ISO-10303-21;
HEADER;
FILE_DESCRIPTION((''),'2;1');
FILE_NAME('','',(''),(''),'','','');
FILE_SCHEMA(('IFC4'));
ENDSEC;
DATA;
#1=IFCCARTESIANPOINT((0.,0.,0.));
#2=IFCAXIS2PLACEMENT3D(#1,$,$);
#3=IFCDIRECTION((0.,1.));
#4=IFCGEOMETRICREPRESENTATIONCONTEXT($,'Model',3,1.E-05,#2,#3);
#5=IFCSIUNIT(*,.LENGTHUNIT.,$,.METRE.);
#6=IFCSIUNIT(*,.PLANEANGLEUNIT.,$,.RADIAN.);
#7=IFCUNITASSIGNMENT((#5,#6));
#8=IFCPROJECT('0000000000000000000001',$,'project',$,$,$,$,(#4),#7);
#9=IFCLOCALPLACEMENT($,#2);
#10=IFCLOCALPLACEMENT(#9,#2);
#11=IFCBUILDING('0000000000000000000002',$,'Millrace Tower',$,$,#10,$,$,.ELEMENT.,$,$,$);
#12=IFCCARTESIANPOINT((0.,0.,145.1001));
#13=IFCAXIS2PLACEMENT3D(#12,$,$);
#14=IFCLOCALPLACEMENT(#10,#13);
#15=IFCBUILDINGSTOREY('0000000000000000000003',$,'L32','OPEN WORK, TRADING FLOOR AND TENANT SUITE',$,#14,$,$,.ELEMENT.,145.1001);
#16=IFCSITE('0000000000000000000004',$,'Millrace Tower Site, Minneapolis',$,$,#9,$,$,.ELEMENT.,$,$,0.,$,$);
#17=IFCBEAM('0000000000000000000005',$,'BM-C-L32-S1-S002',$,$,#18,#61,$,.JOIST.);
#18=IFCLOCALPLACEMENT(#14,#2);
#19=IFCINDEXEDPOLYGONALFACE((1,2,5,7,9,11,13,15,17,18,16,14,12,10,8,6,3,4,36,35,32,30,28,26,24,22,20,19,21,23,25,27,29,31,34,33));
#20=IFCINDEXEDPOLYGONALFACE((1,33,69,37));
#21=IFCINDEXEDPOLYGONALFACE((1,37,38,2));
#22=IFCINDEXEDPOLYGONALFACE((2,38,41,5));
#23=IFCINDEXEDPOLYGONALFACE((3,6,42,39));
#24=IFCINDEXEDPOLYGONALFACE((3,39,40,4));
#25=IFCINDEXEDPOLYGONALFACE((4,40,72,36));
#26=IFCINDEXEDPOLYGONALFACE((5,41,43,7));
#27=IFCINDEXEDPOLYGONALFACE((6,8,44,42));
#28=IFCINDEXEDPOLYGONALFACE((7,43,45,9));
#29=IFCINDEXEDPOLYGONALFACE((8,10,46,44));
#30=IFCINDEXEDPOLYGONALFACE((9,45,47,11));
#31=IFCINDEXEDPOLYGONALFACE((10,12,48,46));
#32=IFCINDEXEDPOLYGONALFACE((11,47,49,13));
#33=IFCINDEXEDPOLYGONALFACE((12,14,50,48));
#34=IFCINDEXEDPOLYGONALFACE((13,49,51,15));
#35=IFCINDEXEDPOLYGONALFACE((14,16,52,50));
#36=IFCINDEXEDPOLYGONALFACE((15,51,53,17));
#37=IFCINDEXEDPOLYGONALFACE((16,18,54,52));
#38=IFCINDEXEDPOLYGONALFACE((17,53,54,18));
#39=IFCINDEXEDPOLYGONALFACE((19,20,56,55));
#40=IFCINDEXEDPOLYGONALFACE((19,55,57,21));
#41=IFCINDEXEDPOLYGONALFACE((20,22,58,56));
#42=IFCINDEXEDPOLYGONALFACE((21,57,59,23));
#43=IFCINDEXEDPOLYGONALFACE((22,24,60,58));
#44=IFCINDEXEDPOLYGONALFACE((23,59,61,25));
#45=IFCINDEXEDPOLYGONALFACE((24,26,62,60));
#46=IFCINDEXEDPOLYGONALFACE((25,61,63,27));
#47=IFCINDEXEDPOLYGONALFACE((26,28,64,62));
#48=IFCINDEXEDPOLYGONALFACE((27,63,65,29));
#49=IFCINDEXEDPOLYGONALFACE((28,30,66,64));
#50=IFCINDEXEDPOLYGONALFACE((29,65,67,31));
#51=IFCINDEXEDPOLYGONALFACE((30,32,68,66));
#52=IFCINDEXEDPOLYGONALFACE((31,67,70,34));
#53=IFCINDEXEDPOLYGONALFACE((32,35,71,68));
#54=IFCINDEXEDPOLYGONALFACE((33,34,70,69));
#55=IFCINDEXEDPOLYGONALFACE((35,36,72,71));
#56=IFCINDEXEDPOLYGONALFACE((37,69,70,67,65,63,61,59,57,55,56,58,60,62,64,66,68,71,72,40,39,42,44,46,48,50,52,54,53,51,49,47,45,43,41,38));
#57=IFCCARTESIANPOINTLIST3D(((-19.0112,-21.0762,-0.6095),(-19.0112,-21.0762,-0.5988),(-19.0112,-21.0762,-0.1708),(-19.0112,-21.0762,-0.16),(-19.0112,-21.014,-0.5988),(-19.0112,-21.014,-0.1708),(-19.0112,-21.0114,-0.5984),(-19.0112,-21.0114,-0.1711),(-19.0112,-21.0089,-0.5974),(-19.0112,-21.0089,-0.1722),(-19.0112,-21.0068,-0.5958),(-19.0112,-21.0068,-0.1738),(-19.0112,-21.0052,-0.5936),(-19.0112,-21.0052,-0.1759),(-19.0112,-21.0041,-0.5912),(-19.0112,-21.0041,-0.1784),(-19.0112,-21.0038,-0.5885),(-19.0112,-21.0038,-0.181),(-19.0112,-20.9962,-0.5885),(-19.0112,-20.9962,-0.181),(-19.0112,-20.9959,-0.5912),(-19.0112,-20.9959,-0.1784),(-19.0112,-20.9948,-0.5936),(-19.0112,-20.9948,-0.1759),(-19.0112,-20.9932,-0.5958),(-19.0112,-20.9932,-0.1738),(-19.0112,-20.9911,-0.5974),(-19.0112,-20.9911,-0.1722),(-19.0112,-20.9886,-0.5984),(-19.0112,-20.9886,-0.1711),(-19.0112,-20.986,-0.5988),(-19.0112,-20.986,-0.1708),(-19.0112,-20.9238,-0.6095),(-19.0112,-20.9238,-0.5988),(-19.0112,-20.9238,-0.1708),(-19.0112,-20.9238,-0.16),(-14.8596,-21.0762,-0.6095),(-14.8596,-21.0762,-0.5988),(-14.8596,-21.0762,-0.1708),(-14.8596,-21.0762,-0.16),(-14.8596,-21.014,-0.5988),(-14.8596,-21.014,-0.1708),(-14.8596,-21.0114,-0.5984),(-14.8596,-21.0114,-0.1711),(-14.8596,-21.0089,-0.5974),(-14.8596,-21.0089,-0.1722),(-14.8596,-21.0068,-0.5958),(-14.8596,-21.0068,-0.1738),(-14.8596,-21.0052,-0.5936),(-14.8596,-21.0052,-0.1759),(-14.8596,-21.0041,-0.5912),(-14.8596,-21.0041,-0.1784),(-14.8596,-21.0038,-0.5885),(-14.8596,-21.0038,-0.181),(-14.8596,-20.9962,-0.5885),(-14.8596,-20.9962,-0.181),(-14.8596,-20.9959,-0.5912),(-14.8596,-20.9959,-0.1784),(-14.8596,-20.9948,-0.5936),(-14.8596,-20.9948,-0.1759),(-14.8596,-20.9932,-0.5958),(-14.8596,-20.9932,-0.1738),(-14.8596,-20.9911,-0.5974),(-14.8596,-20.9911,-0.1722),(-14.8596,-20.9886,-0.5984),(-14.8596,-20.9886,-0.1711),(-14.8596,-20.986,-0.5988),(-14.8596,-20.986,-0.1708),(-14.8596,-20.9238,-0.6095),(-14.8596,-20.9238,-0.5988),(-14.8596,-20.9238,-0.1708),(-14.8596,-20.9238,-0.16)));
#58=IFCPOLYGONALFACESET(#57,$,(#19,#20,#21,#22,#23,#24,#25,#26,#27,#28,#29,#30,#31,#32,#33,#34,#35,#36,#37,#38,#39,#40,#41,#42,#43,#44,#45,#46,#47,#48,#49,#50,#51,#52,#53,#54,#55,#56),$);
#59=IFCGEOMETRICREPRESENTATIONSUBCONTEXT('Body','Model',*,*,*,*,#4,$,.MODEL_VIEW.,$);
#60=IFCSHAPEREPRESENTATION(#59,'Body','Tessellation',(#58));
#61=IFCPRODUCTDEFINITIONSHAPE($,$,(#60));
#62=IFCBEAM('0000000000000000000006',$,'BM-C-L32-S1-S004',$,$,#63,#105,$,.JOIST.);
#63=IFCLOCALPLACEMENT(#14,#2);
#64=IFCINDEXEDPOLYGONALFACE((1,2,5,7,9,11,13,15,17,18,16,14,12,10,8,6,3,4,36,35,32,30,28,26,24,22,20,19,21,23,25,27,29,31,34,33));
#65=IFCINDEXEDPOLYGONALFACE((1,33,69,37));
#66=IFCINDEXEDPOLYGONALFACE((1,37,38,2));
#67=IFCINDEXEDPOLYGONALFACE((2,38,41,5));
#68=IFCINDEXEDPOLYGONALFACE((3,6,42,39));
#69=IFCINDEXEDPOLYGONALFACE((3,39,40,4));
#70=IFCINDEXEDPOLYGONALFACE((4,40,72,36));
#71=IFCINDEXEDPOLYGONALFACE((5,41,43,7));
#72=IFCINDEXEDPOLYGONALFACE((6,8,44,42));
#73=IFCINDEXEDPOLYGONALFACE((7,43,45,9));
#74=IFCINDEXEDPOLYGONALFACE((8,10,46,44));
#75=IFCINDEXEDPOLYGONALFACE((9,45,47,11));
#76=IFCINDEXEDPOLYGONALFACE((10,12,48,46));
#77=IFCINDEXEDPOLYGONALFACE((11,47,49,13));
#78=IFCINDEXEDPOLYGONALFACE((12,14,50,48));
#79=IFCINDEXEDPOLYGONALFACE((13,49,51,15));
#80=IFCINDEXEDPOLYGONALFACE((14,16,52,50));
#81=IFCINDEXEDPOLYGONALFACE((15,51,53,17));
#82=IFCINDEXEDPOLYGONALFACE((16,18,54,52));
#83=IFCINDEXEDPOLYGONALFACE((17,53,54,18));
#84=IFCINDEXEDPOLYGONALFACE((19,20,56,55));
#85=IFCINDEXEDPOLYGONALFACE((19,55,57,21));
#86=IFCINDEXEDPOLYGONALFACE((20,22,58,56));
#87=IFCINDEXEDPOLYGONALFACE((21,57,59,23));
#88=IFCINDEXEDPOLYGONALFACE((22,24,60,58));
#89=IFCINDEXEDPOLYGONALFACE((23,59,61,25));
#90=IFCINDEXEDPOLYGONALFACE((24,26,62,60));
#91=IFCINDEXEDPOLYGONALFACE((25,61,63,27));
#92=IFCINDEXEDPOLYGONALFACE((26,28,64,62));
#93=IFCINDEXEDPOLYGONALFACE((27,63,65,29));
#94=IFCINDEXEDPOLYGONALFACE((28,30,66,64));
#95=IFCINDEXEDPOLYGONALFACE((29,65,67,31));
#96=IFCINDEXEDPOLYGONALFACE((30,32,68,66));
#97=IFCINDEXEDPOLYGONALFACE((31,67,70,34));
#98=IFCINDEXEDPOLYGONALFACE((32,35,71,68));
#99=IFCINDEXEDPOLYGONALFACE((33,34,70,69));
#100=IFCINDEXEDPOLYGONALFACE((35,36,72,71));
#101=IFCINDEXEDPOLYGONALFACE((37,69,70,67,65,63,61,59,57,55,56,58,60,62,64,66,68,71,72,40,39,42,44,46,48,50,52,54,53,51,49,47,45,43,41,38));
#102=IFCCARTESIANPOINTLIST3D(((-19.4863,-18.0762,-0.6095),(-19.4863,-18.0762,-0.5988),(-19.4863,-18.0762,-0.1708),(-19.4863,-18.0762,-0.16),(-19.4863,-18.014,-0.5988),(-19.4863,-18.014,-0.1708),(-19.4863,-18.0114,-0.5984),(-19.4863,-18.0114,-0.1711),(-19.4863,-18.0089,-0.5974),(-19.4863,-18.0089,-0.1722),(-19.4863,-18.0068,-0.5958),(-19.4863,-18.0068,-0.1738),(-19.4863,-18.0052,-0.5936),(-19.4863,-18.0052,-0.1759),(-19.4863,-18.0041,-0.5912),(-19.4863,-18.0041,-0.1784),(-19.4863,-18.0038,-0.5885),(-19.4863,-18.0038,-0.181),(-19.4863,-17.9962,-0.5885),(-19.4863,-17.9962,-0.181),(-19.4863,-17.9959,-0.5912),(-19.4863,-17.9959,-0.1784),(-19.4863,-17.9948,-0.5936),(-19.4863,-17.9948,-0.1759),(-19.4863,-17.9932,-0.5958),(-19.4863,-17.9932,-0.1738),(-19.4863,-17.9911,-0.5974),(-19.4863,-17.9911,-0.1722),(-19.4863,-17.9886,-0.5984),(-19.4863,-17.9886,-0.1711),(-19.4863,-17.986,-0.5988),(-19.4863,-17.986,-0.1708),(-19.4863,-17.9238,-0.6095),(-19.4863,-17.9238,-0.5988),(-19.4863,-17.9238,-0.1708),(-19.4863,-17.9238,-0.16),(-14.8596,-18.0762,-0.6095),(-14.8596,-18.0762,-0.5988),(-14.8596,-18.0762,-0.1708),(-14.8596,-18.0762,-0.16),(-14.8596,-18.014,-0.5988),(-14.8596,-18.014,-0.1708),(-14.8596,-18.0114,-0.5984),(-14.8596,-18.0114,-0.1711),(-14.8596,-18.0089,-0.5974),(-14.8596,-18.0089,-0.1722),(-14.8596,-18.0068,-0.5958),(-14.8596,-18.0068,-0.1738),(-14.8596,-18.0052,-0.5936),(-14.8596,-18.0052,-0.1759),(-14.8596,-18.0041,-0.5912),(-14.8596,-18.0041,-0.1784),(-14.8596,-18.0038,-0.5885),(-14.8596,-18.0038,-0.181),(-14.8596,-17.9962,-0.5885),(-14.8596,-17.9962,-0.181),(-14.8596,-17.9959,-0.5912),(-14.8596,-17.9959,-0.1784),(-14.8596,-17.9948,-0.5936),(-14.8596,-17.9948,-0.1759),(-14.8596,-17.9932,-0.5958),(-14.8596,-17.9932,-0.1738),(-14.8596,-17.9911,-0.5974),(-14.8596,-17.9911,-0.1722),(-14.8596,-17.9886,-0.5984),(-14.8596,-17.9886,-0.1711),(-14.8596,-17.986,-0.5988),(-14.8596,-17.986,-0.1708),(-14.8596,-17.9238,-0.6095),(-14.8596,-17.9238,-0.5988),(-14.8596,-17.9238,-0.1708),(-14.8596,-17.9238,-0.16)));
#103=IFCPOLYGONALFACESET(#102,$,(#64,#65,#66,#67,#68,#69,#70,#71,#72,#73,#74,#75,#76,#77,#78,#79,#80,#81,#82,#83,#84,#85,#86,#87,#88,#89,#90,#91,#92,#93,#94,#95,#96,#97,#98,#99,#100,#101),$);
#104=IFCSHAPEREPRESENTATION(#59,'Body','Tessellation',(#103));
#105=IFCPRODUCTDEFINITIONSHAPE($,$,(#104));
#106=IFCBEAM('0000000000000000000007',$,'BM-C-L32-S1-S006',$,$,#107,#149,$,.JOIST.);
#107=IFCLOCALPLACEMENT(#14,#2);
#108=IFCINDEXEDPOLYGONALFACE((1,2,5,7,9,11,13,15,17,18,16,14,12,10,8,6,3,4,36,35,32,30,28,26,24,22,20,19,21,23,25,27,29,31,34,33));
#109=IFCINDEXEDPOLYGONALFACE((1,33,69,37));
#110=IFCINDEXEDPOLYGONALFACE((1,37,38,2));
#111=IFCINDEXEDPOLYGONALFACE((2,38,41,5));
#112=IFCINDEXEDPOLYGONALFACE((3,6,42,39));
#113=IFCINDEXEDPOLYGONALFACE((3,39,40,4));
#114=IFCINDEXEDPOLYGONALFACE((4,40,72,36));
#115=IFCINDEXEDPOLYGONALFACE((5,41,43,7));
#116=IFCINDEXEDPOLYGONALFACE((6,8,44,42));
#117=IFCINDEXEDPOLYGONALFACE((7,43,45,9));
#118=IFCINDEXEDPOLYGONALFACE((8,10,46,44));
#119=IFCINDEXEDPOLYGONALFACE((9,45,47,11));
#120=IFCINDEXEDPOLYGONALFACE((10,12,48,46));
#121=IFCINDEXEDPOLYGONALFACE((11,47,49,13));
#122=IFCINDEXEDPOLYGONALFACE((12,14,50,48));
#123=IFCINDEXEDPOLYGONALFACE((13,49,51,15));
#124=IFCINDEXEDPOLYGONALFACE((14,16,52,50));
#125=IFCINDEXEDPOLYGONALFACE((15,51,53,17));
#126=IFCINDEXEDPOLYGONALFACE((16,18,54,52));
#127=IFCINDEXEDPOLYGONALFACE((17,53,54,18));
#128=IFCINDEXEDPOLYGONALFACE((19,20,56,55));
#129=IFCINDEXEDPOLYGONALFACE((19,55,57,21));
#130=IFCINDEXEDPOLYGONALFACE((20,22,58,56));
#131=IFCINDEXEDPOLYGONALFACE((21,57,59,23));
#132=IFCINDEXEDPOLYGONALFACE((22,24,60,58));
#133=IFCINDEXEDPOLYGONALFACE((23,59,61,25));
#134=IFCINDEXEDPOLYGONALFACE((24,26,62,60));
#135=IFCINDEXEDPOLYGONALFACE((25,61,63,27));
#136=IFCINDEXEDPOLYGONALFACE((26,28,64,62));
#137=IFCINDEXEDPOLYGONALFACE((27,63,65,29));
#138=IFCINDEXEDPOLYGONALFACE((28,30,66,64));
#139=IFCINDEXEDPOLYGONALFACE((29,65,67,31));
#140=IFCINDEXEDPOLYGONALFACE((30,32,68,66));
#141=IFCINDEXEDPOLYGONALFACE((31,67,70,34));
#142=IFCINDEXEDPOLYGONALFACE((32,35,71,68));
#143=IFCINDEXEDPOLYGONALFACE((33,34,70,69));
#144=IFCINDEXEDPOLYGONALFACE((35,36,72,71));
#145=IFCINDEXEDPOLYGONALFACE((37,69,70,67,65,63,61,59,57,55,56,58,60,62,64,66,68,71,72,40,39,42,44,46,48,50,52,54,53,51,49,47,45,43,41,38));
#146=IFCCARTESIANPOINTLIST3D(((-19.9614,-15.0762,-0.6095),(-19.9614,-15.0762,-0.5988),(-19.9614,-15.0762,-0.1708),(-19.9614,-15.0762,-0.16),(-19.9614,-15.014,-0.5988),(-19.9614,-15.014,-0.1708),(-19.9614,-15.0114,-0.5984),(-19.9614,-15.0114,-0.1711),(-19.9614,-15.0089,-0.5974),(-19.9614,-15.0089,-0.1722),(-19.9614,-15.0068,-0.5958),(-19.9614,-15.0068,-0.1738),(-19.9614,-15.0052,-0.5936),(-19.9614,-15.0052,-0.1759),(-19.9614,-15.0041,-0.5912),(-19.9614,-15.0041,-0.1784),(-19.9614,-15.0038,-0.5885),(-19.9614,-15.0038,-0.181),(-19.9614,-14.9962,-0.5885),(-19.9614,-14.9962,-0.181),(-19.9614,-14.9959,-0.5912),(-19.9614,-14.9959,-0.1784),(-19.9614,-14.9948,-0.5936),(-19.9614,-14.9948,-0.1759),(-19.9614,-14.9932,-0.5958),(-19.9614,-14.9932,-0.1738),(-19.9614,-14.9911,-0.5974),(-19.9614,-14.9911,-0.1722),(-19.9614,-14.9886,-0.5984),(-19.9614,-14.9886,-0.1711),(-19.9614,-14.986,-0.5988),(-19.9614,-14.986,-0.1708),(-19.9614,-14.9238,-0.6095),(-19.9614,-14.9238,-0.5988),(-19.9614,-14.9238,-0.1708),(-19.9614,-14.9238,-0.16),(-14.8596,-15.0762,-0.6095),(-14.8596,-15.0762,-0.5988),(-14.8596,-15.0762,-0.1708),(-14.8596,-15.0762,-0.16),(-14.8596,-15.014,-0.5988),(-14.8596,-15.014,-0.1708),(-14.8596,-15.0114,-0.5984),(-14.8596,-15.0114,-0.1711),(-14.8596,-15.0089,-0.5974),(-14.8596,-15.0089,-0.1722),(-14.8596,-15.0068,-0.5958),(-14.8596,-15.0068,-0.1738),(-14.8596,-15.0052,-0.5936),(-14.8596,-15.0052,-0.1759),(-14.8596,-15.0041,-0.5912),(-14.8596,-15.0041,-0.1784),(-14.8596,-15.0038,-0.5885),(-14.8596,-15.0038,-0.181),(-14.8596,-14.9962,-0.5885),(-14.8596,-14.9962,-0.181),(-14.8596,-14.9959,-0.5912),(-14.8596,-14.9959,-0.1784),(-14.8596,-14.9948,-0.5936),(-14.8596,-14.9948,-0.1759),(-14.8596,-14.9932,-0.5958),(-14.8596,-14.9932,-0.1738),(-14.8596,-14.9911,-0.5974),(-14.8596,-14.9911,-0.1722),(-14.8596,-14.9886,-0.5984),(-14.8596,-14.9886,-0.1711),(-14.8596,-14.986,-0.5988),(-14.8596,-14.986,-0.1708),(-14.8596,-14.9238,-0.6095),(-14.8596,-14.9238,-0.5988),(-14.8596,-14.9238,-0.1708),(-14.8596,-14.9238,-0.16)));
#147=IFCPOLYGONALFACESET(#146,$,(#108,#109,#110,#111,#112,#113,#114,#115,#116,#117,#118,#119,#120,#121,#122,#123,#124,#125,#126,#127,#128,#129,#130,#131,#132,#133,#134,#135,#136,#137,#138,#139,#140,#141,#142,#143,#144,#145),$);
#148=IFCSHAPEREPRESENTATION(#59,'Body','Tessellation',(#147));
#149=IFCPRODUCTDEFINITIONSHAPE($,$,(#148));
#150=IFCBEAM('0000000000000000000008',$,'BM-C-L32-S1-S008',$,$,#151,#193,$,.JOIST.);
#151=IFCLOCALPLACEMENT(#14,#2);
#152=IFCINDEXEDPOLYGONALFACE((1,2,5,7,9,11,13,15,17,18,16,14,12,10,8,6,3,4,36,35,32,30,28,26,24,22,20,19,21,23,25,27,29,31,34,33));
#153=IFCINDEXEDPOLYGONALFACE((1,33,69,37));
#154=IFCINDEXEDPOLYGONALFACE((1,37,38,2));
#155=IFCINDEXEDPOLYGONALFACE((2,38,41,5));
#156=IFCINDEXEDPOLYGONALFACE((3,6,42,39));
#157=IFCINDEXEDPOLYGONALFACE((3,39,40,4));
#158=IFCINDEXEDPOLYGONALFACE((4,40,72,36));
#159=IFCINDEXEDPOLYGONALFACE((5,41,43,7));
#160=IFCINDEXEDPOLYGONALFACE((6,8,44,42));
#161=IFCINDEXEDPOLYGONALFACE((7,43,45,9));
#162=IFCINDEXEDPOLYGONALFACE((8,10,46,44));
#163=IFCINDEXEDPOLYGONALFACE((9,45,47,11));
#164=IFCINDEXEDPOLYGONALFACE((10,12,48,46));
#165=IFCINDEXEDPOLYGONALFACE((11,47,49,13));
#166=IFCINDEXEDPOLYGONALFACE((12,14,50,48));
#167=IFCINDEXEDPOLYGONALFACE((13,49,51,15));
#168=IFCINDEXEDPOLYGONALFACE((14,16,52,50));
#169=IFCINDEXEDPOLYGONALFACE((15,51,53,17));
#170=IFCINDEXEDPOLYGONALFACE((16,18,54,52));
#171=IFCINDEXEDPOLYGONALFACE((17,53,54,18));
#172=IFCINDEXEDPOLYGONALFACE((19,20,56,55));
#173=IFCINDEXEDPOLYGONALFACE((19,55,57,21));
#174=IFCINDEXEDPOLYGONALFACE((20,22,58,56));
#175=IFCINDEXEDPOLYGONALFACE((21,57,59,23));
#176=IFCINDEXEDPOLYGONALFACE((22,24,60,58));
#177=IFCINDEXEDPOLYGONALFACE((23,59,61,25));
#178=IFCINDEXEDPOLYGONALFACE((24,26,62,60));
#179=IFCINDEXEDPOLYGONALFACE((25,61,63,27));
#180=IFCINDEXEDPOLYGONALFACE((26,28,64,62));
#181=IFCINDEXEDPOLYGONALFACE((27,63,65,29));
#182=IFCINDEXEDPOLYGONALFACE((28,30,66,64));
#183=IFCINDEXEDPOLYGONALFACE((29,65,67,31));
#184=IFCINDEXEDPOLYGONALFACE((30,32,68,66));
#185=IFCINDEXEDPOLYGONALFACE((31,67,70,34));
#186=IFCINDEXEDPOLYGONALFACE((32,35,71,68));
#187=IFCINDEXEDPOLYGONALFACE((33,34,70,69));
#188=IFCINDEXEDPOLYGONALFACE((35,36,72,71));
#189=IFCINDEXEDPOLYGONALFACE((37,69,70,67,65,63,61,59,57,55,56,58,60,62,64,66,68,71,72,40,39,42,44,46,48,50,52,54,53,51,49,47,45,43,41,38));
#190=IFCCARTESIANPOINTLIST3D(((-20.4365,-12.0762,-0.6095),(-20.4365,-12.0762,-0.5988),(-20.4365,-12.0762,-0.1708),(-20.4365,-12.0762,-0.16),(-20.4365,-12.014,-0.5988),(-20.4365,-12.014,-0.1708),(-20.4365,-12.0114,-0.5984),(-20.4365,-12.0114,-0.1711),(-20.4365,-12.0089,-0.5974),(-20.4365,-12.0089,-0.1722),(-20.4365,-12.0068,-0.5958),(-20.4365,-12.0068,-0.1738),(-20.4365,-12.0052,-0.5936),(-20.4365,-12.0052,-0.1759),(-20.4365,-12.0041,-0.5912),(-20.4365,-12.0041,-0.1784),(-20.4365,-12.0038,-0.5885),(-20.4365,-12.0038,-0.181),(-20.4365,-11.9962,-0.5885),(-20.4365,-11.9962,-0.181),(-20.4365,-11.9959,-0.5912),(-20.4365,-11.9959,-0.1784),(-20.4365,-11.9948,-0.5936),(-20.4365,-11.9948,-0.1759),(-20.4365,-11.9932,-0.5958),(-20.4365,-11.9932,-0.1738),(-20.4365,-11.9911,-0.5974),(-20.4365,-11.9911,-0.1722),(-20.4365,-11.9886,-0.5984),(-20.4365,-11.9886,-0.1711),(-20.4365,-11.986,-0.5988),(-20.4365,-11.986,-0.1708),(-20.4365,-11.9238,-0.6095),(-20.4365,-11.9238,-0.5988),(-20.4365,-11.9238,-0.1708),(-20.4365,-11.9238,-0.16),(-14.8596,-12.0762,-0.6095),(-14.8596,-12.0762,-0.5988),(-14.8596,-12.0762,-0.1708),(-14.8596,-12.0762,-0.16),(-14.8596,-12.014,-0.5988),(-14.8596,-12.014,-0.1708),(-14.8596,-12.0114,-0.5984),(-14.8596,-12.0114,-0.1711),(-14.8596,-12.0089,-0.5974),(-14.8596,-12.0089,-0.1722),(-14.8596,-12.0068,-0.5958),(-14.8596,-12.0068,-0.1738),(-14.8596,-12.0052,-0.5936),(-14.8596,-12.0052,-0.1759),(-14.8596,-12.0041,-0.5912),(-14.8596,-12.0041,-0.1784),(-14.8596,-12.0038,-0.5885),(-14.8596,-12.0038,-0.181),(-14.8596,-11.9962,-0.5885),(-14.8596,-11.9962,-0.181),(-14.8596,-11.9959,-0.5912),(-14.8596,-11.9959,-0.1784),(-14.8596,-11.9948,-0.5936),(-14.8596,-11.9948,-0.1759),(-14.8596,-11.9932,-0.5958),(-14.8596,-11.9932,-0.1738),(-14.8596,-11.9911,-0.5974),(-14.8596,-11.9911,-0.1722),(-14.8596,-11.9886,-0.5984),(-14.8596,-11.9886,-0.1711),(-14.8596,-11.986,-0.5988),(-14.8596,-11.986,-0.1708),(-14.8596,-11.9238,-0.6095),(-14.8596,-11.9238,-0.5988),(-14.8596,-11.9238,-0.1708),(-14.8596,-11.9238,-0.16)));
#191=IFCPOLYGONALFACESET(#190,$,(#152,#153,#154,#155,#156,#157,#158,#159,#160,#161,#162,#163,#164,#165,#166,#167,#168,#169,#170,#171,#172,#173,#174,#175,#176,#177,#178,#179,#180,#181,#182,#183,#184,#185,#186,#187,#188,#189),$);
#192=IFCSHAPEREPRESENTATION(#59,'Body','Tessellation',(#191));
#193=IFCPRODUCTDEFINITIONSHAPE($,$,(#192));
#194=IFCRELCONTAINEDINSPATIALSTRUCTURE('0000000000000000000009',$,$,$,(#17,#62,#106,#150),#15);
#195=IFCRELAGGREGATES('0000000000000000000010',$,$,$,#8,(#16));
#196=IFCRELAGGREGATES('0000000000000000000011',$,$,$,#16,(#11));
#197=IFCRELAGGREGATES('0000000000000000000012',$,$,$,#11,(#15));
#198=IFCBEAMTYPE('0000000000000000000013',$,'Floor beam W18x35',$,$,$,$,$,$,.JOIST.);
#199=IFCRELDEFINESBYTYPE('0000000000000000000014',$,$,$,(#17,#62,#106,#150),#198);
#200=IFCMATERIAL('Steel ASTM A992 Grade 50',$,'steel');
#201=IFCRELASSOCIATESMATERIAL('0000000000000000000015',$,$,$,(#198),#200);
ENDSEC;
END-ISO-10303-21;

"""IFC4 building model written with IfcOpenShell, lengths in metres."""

from ifc_helpers import new_model, si_unit, direction, frame, origin, origin_2d, place, context, subcontext, project, spatial, i_section, extrude, material, material_profile, profile_set, type_object, element, save


model = new_model("IFC4")

# Units and contexts
model_context = context("Model", 3, precision=1e-05, world=origin(), true_north=direction((0.0, 1.0)))
body_context = subcontext(model_context, "Body", "Model", "MODEL_VIEW")
ifc_project = project(units=[si_unit("LENGTHUNIT", "METRE"), si_unit("PLANEANGLEUNIT", "RADIAN")], contexts=[model_context])

# Site, building, storey
site_placement = place(None, origin())
site = spatial("IfcSite", under=ifc_project, at=site_placement, Name="Millrace Tower Site, Minneapolis", CompositionType="ELEMENT", RefElevation=0.0)
building_placement = place(site_placement, origin())
building = spatial("IfcBuilding", under=site, at=building_placement, Name="Millrace Tower", CompositionType="ELEMENT")
storey_placement = place(building_placement, frame((0.0, 0.0, 145.1001)))
storey = spatial("IfcBuildingStorey", under=building, at=storey_placement, Name="L32", Description="OPEN WORK, TRADING FLOOR AND TENANT SUITE", CompositionType="ELEMENT", Elevation=145.1001)

# Beams
ifc_material_1 = material(Name="Steel ASTM A992 Grade 50", Category="steel")
ifc_material_profile_1 = material_profile(ifc_material_1, i_section(OverallWidth=0.1523, OverallDepth=0.4495, WebThickness=0.0076, FlangeThickness=0.0107, FilletRadius=0.0103, at=origin_2d()))
ifc_profile_set_1 = profile_set([ifc_material_profile_1], Name="Steel ASTM A992 Grade 50")
beam_type_1 = type_object("IfcBeamType", Name="Floor beam W18x35", PredefinedType="JOIST", material=ifc_profile_set_1)
beam_1_placement = place(storey_placement, frame((-19.0112, -21.0, -0.3848), z_axis=(1.0, 0.0, 0.0), x_axis=(0.0, 1.0, 0.0)))
element("IfcBeam", 1, at=beam_1_placement, inside=storey, type_object=beam_type_1, Name="BM-C-L32-S1-S002", PredefinedType="JOIST", context=body_context, shape_type="SweptSolid", body=[
    extrude(i_section(OverallWidth=0.1523, OverallDepth=0.4495, WebThickness=0.0076, FlangeThickness=0.0107, FilletRadius=0.0103, at=origin_2d()), origin(), (0.0, 0.0, 1.0), 4.1516),
])
beam_2_placement = place(storey_placement, frame((-19.4863, -18.0, -0.3848), z_axis=(1.0, 0.0, 0.0), x_axis=(0.0, 1.0, 0.0)))
element("IfcBeam", 2, at=beam_2_placement, inside=storey, type_object=beam_type_1, Name="BM-C-L32-S1-S004", PredefinedType="JOIST", context=body_context, shape_type="SweptSolid", body=[
    extrude(i_section(OverallWidth=0.1523, OverallDepth=0.4495, WebThickness=0.0076, FlangeThickness=0.0107, FilletRadius=0.0103, at=origin_2d()), origin(), (0.0, 0.0, 1.0), 4.6267),
])
beam_3_placement = place(storey_placement, frame((-19.9614, -15.0, -0.3848), z_axis=(1.0, 0.0, 0.0), x_axis=(0.0, 1.0, 0.0)))
element("IfcBeam", 3, at=beam_3_placement, inside=storey, type_object=beam_type_1, Name="BM-C-L32-S1-S006", PredefinedType="JOIST", context=body_context, shape_type="SweptSolid", body=[
    extrude(i_section(OverallWidth=0.1523, OverallDepth=0.4495, WebThickness=0.0076, FlangeThickness=0.0107, FilletRadius=0.0103, at=origin_2d()), origin(), (0.0, 0.0, 1.0), 5.1018),
])
beam_4_placement = place(storey_placement, frame((-20.4365, -12.0, -0.3848), z_axis=(1.0, 0.0, 0.0), x_axis=(0.0, 1.0, 0.0)))
element("IfcBeam", 4, at=beam_4_placement, inside=storey, type_object=beam_type_1, Name="BM-C-L32-S1-S008", PredefinedType="JOIST", context=body_context, shape_type="SweptSolid", body=[
    extrude(i_section(OverallWidth=0.1523, OverallDepth=0.4495, WebThickness=0.0076, FlangeThickness=0.0107, FilletRadius=0.0103, at=origin_2d()), origin(), (0.0, 0.0, 1.0), 5.5769),
])

save(model, "model.ifc")
